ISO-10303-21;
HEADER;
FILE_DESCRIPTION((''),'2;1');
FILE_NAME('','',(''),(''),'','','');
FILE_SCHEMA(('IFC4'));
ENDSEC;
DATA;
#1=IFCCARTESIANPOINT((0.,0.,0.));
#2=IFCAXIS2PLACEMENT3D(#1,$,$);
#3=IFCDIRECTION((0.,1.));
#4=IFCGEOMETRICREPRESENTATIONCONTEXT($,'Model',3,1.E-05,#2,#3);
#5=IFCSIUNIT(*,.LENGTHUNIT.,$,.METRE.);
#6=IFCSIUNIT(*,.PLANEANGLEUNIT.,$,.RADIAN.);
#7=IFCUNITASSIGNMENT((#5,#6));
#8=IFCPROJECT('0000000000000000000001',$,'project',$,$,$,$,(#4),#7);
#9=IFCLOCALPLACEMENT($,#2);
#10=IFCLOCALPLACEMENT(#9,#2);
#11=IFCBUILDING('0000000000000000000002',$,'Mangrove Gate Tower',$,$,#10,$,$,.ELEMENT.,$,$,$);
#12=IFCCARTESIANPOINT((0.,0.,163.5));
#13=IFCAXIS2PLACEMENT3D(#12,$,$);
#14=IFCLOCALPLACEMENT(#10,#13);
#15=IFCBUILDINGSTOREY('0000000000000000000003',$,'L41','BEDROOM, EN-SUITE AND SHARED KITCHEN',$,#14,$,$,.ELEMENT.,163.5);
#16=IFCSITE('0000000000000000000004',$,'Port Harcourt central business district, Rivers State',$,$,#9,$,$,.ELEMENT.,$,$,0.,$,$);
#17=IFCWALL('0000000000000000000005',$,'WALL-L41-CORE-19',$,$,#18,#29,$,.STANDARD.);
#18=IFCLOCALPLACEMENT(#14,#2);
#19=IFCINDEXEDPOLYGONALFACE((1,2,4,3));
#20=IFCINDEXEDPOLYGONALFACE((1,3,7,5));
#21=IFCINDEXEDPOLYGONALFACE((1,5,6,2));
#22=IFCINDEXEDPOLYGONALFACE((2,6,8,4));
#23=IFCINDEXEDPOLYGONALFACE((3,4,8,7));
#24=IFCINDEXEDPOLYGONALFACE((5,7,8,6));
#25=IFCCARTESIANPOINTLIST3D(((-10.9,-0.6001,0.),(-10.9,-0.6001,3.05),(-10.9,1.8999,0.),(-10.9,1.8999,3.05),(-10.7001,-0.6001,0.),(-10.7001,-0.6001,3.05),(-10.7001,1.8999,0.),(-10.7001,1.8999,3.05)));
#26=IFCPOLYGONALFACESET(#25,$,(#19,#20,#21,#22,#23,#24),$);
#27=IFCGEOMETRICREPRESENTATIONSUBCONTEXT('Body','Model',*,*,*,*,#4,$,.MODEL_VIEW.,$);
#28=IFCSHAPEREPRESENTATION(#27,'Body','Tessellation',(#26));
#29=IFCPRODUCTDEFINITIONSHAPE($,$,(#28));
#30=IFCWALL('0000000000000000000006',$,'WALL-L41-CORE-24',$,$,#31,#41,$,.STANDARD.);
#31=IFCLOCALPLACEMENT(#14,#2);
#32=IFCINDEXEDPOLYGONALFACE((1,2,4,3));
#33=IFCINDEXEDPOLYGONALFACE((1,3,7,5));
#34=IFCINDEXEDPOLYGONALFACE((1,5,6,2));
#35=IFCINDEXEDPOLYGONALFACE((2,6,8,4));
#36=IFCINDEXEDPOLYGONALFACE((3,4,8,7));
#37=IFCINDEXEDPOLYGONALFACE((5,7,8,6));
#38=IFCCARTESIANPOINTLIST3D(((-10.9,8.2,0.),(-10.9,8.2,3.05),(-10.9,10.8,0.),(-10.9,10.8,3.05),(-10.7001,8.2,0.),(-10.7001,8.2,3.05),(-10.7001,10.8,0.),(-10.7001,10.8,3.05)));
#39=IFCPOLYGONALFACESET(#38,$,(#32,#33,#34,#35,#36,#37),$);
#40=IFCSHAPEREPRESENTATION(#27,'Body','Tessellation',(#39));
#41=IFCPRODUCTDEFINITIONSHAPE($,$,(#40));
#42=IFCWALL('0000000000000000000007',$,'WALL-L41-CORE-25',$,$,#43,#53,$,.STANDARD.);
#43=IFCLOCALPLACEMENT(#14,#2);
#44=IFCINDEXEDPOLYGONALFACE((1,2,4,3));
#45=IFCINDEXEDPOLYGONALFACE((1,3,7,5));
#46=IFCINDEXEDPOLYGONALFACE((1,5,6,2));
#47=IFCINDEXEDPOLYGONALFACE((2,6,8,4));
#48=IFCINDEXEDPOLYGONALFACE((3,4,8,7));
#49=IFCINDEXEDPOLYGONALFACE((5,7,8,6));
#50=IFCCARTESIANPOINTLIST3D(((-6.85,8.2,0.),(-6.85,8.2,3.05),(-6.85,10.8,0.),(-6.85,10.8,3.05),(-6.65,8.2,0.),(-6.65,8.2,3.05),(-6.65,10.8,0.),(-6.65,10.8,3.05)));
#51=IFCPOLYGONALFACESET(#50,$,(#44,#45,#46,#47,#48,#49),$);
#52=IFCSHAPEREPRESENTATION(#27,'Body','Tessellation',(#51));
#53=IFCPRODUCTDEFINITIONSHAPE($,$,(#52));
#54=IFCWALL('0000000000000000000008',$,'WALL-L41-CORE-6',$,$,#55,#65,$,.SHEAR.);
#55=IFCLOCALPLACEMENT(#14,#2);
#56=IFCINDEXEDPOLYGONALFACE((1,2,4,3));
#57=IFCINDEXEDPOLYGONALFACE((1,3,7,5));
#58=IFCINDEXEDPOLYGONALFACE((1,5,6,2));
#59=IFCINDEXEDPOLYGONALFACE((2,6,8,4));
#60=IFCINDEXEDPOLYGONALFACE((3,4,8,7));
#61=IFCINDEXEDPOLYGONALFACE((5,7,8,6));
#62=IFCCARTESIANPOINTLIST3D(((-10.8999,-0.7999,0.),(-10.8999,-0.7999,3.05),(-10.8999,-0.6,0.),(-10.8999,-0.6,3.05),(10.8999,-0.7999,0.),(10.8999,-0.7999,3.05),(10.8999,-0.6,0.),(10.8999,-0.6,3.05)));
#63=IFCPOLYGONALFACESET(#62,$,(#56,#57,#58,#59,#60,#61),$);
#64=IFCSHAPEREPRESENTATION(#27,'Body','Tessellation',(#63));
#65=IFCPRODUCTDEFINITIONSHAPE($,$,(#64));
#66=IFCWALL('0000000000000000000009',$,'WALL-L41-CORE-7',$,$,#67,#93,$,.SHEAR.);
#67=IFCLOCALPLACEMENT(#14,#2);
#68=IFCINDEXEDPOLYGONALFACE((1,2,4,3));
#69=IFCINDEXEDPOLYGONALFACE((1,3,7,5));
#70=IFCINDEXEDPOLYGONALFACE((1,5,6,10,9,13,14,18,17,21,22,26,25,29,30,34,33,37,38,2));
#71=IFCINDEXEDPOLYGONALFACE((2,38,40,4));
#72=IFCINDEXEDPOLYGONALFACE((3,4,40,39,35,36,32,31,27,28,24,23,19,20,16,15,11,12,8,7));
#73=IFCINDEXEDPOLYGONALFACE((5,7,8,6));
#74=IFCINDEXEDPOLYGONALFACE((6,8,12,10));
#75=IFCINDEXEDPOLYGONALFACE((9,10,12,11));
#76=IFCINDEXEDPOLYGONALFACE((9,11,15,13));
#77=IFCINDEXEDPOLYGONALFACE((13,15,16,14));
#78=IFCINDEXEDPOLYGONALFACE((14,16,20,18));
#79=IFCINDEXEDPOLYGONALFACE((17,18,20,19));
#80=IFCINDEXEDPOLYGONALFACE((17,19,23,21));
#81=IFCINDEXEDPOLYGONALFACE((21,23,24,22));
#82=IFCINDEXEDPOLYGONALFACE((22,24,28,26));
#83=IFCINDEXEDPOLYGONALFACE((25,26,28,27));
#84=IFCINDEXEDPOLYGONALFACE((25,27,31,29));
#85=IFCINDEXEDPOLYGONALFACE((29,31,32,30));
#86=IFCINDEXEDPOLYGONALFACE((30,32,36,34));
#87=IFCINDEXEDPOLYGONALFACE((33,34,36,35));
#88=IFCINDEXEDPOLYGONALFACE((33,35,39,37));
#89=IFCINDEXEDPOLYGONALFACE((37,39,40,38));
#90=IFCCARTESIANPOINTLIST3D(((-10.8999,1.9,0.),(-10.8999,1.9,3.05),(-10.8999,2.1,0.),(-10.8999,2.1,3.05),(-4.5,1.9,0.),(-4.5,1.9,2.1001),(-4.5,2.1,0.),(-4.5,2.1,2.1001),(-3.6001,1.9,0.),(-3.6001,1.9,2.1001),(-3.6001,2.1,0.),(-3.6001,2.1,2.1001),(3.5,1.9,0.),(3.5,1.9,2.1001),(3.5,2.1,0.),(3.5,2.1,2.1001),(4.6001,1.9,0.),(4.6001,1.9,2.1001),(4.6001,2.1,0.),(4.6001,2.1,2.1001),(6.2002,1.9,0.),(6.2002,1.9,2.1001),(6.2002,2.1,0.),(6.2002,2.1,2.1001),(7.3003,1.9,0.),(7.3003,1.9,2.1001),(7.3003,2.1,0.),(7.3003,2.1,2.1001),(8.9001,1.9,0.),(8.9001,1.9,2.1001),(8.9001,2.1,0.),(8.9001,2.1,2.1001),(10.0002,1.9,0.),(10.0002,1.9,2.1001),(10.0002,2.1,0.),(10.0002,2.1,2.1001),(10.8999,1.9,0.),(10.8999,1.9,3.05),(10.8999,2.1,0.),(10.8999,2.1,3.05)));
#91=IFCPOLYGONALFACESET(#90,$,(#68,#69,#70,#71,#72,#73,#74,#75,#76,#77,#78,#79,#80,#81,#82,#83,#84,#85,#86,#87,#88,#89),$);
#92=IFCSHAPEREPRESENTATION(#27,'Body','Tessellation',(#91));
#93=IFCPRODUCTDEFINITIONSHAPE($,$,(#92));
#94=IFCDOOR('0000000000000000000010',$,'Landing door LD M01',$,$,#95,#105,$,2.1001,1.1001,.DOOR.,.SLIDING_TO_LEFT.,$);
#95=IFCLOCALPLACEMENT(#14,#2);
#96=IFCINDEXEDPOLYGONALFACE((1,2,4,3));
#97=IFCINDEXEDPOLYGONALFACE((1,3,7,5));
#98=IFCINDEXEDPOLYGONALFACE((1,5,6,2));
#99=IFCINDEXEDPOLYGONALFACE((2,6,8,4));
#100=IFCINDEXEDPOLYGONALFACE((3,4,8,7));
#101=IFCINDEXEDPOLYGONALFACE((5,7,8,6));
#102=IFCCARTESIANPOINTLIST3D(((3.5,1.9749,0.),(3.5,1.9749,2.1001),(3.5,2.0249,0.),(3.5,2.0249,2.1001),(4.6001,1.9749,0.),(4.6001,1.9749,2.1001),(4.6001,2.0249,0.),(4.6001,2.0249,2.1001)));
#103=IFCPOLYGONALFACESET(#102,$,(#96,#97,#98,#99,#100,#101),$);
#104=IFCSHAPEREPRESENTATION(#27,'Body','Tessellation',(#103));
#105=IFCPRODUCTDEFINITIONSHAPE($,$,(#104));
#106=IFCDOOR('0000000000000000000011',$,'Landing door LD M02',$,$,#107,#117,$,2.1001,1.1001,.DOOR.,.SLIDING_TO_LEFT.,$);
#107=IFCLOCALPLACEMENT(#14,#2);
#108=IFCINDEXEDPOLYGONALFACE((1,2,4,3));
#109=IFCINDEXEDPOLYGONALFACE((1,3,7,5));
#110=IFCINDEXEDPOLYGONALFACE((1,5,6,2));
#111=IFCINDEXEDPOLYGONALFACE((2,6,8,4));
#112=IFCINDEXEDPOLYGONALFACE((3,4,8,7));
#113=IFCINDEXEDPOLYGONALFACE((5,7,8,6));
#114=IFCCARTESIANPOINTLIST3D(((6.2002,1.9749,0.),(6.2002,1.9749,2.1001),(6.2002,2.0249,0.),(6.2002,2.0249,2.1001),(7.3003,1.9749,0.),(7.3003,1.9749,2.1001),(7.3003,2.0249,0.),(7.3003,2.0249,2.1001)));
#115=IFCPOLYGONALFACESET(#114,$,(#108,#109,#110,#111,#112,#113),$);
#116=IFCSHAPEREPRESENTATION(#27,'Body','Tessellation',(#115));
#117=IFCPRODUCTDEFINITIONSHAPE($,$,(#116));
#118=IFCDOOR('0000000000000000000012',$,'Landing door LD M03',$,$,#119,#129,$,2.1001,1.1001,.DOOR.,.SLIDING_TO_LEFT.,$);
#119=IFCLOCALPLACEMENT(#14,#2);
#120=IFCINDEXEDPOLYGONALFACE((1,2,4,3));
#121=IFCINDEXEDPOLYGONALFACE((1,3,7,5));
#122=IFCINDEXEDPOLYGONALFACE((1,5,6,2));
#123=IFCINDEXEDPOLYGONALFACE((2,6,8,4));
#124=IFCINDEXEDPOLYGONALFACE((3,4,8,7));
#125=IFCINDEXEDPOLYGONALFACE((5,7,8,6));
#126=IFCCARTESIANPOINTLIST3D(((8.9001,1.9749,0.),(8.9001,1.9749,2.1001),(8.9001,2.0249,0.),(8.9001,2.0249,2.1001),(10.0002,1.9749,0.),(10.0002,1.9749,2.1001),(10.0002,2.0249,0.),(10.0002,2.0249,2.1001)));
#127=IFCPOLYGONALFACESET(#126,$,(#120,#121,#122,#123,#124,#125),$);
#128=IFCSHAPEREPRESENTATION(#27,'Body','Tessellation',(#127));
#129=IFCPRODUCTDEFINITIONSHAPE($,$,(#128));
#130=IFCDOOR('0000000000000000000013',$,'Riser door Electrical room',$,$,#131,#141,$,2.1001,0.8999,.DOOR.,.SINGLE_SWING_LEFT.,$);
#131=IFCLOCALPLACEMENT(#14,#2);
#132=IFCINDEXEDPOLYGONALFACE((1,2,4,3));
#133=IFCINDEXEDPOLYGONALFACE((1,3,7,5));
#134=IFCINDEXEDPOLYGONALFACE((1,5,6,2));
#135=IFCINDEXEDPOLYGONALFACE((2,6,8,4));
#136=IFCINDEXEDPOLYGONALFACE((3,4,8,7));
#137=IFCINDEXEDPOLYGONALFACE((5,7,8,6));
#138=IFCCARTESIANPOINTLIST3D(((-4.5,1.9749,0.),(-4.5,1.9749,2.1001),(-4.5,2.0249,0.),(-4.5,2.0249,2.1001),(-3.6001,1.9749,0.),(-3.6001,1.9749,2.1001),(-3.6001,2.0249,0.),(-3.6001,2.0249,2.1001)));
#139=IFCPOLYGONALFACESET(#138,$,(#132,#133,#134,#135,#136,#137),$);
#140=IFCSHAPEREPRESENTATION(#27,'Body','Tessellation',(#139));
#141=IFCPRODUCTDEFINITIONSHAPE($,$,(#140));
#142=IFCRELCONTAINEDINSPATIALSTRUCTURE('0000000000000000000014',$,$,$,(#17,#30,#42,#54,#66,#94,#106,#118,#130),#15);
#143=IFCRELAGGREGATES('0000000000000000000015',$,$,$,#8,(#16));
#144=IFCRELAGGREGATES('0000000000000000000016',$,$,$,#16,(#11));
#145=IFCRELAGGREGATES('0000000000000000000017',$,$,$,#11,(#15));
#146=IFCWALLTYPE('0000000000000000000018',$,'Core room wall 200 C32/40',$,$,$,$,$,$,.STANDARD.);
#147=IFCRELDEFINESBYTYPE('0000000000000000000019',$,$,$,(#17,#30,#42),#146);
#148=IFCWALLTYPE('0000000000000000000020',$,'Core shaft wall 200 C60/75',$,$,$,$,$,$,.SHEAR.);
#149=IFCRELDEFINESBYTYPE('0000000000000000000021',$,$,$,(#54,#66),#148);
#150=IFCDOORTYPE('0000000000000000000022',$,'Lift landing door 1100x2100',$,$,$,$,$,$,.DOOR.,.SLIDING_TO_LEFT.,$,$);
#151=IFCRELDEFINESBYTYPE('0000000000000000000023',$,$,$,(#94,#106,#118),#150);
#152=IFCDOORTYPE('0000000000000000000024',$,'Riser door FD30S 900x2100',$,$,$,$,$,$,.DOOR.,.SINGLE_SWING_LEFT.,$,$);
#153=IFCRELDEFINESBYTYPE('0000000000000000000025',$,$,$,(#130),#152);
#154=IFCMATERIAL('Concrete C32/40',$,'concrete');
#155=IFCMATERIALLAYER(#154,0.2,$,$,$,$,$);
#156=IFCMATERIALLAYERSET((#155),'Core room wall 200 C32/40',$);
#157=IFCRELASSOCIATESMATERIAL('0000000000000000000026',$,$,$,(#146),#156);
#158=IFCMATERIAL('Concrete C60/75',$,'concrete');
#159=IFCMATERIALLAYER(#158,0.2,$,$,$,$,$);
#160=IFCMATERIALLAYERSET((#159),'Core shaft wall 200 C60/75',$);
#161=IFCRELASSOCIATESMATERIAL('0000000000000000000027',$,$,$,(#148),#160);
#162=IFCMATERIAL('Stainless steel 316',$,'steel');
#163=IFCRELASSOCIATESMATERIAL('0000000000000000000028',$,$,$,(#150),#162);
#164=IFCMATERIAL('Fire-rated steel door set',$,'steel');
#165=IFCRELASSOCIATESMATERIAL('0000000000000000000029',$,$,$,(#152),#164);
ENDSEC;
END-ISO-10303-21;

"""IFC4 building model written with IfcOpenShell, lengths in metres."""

from ifc_helpers import new_model, si_unit, direction, frame, frame_2d, origin, place, context, subcontext, project, spatial, rectangle, extrude, material, layer, layer_set, type_object, element, fill, save


model = new_model("IFC4")

# Units and contexts
model_context = context("Model", 3, precision=1e-05, world=origin(), true_north=direction((0.0, 1.0)))
body_context = subcontext(model_context, "Body", "Model", "MODEL_VIEW")
ifc_project = project(units=[si_unit("LENGTHUNIT", "METRE"), si_unit("PLANEANGLEUNIT", "RADIAN")], contexts=[model_context])

# Site, building, storey
site_placement = place(None, origin())
site = spatial("IfcSite", under=ifc_project, at=site_placement, Name="Port Harcourt central business district, Rivers State", CompositionType="ELEMENT", RefElevation=0.0)
building_placement = place(site_placement, origin())
building = spatial("IfcBuilding", under=site, at=building_placement, Name="Mangrove Gate Tower", CompositionType="ELEMENT")
storey_placement = place(building_placement, frame((0.0, 0.0, 163.5)))
storey = spatial("IfcBuildingStorey", under=building, at=storey_placement, Name="L41", Description="BEDROOM, EN-SUITE AND SHARED KITCHEN", CompositionType="ELEMENT", Elevation=163.5)

# Walls
ifc_material_1 = material(Name="Concrete C32/40", Category="concrete")
ifc_layer_1 = layer(ifc_material_1, 0.2)
ifc_layer_set_1 = layer_set([ifc_layer_1], Name="Core room wall 200 C32/40")
wall_type_1 = type_object("IfcWallType", Name="Core room wall 200 C32/40", PredefinedType="STANDARD", material=ifc_layer_set_1)
wall_1_placement = place(storey_placement, frame((-10.8, -0.6001, 0.0), z_axis=(0.0, 0.0, 1.0), x_axis=(0.0, 1.0, 0.0)))
element("IfcWall", 1, at=wall_1_placement, inside=storey, type_object=wall_type_1, Name="WALL-L41-CORE-19", PredefinedType="STANDARD", context=body_context, shape_type="SweptSolid", body=[
    extrude(rectangle(XDim=2.5, YDim=0.2, at=frame_2d((1.25, 0.0))), origin(), (0.0, 0.0, 1.0), 3.05),
])
for number, where, z_axis, x_axis, name in (
    (2, (-10.8, 8.2, 0.0), (0.0, 0.0, 1.0), (0.0, 1.0, 0.0), "WALL-L41-CORE-24"),
    (3, (-6.75, 8.2, 0.0), (0.0, 0.0, 1.0), (0.0, 1.0, 0.0), "WALL-L41-CORE-25"),
):
    element("IfcWall", number, at=place(storey_placement, frame(where, z_axis=z_axis, x_axis=x_axis)), inside=storey, type_object=wall_type_1, Name=name, PredefinedType="STANDARD", context=body_context, shape_type="SweptSolid", body=[
        extrude(rectangle(XDim=2.6001, YDim=0.2, at=frame_2d((1.3, 0.0))), origin(), (0.0, 0.0, 1.0), 3.05),
    ])
ifc_material_2 = material(Name="Concrete C60/75", Category="concrete")
ifc_layer_2 = layer(ifc_material_2, 0.2)
ifc_layer_set_2 = layer_set([ifc_layer_2], Name="Core shaft wall 200 C60/75")
wall_type_2 = type_object("IfcWallType", Name="Core shaft wall 200 C60/75", PredefinedType="SHEAR", material=ifc_layer_set_2)
wall_2_placement = place(storey_placement, frame((-10.8999, -0.7, 0.0), z_axis=(0.0, 0.0, 1.0), x_axis=(1.0, 0.0, 0.0)))
element("IfcWall", 4, at=wall_2_placement, inside=storey, type_object=wall_type_2, Name="WALL-L41-CORE-6", PredefinedType="SHEAR", context=body_context, shape_type="SweptSolid", body=[
    extrude(rectangle(XDim=21.7998, YDim=0.2, at=frame_2d((10.8999, 0.0))), origin(), (0.0, 0.0, 1.0), 3.05),
])

# Wall, openings, doors
wall_3_placement = place(storey_placement, frame((-10.8999, 2.0, 0.0), z_axis=(0.0, 0.0, 1.0), x_axis=(1.0, 0.0, 0.0)))
wall_3 = element("IfcWall", 5, at=wall_3_placement, inside=storey, type_object=wall_type_2, Name="WALL-L41-CORE-7", PredefinedType="SHEAR", context=body_context, shape_type="SweptSolid", body=[
    extrude(rectangle(XDim=21.7998, YDim=0.2, at=frame_2d((10.8999, 0.0))), origin(), (0.0, 0.0, 1.0), 3.05),
])
opening_1_placement = place(wall_3_placement, frame((14.3999, 0.0, 0.0)))
opening_1 = element("IfcOpeningElement", 6, at=opening_1_placement, cuts=wall_3, PredefinedType="OPENING", context=body_context, shape_type="SweptSolid", body=[
    extrude(rectangle(XDim=1.1001, YDim=2.1001, at=frame_2d((0.55, 1.05))), frame((0.0, 0.1099, 0.0), z_axis=(0.0, -1.0, 0.0), x_axis=(1.0, 0.0, 0.0)), (0.0, 0.0, 1.0), 0.22),
])
opening_2_placement = place(wall_3_placement, frame((17.1001, 0.0, 0.0)))
opening_2 = element("IfcOpeningElement", 7, at=opening_2_placement, cuts=wall_3, PredefinedType="OPENING", context=body_context, shape_type="SweptSolid", body=[
    extrude(rectangle(XDim=1.1001, YDim=2.1001, at=frame_2d((0.55, 1.05))), frame((0.0, 0.1099, 0.0), z_axis=(0.0, -1.0, 0.0), x_axis=(1.0, 0.0, 0.0)), (0.0, 0.0, 1.0), 0.22),
])
opening_3_placement = place(wall_3_placement, frame((19.8, 0.0, 0.0)))
opening_3 = element("IfcOpeningElement", 8, at=opening_3_placement, cuts=wall_3, PredefinedType="OPENING", context=body_context, shape_type="SweptSolid", body=[
    extrude(rectangle(XDim=1.1001, YDim=2.1001, at=frame_2d((0.55, 1.05))), frame((0.0, 0.1099, 0.0), z_axis=(0.0, -1.0, 0.0), x_axis=(1.0, 0.0, 0.0)), (0.0, 0.0, 1.0), 0.22),
])
opening_4_placement = place(wall_3_placement, frame((6.3999, 0.0, 0.0)))
opening_4 = element("IfcOpeningElement", 9, at=opening_4_placement, cuts=wall_3, PredefinedType="OPENING", context=body_context, shape_type="SweptSolid", body=[
    extrude(rectangle(XDim=0.8999, YDim=2.1001, at=frame_2d((0.45, 1.05))), frame((0.0, 0.1099, 0.0), z_axis=(0.0, -1.0, 0.0), x_axis=(1.0, 0.0, 0.0)), (0.0, 0.0, 1.0), 0.22),
])
ifc_material_3 = material(Name="Stainless steel 316", Category="steel")
door_type_1 = type_object("IfcDoorType", Name="Lift landing door 1100x2100", OperationType="SLIDING_TO_LEFT", PredefinedType="DOOR", material=ifc_material_3)
door_1_placement = place(opening_1_placement, origin())
door_1 = element("IfcDoor", 10, at=door_1_placement, inside=storey, type_object=door_type_1, Name="Landing door LD M01", OperationType="SLIDING_TO_LEFT", OverallHeight=2.1001, OverallWidth=1.1001, PredefinedType="DOOR", context=body_context, shape_type="SweptSolid", body=[
    extrude(rectangle(XDim=1.1001, YDim=2.1001, at=frame_2d((0.55, 1.05))), frame((0.0, 0.0249, 0.0), z_axis=(0.0, -1.0, 0.0), x_axis=(1.0, 0.0, 0.0)), (0.0, 0.0, 1.0), 0.05),
])
fill(opening_1, door_1)
door_2_placement = place(opening_2_placement, origin())
door_2 = element("IfcDoor", 11, at=door_2_placement, inside=storey, type_object=door_type_1, Name="Landing door LD M02", OperationType="SLIDING_TO_LEFT", OverallHeight=2.1001, OverallWidth=1.1001, PredefinedType="DOOR", context=body_context, shape_type="SweptSolid", body=[
    extrude(rectangle(XDim=1.1001, YDim=2.1001, at=frame_2d((0.55, 1.05))), frame((0.0, 0.0249, 0.0), z_axis=(0.0, -1.0, 0.0), x_axis=(1.0, 0.0, 0.0)), (0.0, 0.0, 1.0), 0.05),
])
fill(opening_2, door_2)
door_3_placement = place(opening_3_placement, origin())
door_3 = element("IfcDoor", 12, at=door_3_placement, inside=storey, type_object=door_type_1, Name="Landing door LD M03", OperationType="SLIDING_TO_LEFT", OverallHeight=2.1001, OverallWidth=1.1001, PredefinedType="DOOR", context=body_context, shape_type="SweptSolid", body=[
    extrude(rectangle(XDim=1.1001, YDim=2.1001, at=frame_2d((0.55, 1.05))), frame((0.0, 0.0249, 0.0), z_axis=(0.0, -1.0, 0.0), x_axis=(1.0, 0.0, 0.0)), (0.0, 0.0, 1.0), 0.05),
])
fill(opening_3, door_3)
ifc_material_4 = material(Name="Fire-rated steel door set", Category="steel")
door_type_2 = type_object("IfcDoorType", Name="Riser door FD30S 900x2100", OperationType="SINGLE_SWING_LEFT", PredefinedType="DOOR", material=ifc_material_4)
door_4_placement = place(opening_4_placement, origin())
door_4 = element("IfcDoor", 13, at=door_4_placement, inside=storey, type_object=door_type_2, Name="Riser door Electrical room", OperationType="SINGLE_SWING_LEFT", OverallHeight=2.1001, OverallWidth=0.8999, PredefinedType="DOOR", context=body_context, shape_type="SweptSolid", body=[
    extrude(rectangle(XDim=0.8999, YDim=2.1001, at=frame_2d((0.45, 1.05))), frame((0.0, 0.0249, 0.0), z_axis=(0.0, -1.0, 0.0), x_axis=(1.0, 0.0, 0.0)), (0.0, 0.0, 1.0), 0.05),
])
fill(opening_4, door_4)

save(model, "model.ifc")
